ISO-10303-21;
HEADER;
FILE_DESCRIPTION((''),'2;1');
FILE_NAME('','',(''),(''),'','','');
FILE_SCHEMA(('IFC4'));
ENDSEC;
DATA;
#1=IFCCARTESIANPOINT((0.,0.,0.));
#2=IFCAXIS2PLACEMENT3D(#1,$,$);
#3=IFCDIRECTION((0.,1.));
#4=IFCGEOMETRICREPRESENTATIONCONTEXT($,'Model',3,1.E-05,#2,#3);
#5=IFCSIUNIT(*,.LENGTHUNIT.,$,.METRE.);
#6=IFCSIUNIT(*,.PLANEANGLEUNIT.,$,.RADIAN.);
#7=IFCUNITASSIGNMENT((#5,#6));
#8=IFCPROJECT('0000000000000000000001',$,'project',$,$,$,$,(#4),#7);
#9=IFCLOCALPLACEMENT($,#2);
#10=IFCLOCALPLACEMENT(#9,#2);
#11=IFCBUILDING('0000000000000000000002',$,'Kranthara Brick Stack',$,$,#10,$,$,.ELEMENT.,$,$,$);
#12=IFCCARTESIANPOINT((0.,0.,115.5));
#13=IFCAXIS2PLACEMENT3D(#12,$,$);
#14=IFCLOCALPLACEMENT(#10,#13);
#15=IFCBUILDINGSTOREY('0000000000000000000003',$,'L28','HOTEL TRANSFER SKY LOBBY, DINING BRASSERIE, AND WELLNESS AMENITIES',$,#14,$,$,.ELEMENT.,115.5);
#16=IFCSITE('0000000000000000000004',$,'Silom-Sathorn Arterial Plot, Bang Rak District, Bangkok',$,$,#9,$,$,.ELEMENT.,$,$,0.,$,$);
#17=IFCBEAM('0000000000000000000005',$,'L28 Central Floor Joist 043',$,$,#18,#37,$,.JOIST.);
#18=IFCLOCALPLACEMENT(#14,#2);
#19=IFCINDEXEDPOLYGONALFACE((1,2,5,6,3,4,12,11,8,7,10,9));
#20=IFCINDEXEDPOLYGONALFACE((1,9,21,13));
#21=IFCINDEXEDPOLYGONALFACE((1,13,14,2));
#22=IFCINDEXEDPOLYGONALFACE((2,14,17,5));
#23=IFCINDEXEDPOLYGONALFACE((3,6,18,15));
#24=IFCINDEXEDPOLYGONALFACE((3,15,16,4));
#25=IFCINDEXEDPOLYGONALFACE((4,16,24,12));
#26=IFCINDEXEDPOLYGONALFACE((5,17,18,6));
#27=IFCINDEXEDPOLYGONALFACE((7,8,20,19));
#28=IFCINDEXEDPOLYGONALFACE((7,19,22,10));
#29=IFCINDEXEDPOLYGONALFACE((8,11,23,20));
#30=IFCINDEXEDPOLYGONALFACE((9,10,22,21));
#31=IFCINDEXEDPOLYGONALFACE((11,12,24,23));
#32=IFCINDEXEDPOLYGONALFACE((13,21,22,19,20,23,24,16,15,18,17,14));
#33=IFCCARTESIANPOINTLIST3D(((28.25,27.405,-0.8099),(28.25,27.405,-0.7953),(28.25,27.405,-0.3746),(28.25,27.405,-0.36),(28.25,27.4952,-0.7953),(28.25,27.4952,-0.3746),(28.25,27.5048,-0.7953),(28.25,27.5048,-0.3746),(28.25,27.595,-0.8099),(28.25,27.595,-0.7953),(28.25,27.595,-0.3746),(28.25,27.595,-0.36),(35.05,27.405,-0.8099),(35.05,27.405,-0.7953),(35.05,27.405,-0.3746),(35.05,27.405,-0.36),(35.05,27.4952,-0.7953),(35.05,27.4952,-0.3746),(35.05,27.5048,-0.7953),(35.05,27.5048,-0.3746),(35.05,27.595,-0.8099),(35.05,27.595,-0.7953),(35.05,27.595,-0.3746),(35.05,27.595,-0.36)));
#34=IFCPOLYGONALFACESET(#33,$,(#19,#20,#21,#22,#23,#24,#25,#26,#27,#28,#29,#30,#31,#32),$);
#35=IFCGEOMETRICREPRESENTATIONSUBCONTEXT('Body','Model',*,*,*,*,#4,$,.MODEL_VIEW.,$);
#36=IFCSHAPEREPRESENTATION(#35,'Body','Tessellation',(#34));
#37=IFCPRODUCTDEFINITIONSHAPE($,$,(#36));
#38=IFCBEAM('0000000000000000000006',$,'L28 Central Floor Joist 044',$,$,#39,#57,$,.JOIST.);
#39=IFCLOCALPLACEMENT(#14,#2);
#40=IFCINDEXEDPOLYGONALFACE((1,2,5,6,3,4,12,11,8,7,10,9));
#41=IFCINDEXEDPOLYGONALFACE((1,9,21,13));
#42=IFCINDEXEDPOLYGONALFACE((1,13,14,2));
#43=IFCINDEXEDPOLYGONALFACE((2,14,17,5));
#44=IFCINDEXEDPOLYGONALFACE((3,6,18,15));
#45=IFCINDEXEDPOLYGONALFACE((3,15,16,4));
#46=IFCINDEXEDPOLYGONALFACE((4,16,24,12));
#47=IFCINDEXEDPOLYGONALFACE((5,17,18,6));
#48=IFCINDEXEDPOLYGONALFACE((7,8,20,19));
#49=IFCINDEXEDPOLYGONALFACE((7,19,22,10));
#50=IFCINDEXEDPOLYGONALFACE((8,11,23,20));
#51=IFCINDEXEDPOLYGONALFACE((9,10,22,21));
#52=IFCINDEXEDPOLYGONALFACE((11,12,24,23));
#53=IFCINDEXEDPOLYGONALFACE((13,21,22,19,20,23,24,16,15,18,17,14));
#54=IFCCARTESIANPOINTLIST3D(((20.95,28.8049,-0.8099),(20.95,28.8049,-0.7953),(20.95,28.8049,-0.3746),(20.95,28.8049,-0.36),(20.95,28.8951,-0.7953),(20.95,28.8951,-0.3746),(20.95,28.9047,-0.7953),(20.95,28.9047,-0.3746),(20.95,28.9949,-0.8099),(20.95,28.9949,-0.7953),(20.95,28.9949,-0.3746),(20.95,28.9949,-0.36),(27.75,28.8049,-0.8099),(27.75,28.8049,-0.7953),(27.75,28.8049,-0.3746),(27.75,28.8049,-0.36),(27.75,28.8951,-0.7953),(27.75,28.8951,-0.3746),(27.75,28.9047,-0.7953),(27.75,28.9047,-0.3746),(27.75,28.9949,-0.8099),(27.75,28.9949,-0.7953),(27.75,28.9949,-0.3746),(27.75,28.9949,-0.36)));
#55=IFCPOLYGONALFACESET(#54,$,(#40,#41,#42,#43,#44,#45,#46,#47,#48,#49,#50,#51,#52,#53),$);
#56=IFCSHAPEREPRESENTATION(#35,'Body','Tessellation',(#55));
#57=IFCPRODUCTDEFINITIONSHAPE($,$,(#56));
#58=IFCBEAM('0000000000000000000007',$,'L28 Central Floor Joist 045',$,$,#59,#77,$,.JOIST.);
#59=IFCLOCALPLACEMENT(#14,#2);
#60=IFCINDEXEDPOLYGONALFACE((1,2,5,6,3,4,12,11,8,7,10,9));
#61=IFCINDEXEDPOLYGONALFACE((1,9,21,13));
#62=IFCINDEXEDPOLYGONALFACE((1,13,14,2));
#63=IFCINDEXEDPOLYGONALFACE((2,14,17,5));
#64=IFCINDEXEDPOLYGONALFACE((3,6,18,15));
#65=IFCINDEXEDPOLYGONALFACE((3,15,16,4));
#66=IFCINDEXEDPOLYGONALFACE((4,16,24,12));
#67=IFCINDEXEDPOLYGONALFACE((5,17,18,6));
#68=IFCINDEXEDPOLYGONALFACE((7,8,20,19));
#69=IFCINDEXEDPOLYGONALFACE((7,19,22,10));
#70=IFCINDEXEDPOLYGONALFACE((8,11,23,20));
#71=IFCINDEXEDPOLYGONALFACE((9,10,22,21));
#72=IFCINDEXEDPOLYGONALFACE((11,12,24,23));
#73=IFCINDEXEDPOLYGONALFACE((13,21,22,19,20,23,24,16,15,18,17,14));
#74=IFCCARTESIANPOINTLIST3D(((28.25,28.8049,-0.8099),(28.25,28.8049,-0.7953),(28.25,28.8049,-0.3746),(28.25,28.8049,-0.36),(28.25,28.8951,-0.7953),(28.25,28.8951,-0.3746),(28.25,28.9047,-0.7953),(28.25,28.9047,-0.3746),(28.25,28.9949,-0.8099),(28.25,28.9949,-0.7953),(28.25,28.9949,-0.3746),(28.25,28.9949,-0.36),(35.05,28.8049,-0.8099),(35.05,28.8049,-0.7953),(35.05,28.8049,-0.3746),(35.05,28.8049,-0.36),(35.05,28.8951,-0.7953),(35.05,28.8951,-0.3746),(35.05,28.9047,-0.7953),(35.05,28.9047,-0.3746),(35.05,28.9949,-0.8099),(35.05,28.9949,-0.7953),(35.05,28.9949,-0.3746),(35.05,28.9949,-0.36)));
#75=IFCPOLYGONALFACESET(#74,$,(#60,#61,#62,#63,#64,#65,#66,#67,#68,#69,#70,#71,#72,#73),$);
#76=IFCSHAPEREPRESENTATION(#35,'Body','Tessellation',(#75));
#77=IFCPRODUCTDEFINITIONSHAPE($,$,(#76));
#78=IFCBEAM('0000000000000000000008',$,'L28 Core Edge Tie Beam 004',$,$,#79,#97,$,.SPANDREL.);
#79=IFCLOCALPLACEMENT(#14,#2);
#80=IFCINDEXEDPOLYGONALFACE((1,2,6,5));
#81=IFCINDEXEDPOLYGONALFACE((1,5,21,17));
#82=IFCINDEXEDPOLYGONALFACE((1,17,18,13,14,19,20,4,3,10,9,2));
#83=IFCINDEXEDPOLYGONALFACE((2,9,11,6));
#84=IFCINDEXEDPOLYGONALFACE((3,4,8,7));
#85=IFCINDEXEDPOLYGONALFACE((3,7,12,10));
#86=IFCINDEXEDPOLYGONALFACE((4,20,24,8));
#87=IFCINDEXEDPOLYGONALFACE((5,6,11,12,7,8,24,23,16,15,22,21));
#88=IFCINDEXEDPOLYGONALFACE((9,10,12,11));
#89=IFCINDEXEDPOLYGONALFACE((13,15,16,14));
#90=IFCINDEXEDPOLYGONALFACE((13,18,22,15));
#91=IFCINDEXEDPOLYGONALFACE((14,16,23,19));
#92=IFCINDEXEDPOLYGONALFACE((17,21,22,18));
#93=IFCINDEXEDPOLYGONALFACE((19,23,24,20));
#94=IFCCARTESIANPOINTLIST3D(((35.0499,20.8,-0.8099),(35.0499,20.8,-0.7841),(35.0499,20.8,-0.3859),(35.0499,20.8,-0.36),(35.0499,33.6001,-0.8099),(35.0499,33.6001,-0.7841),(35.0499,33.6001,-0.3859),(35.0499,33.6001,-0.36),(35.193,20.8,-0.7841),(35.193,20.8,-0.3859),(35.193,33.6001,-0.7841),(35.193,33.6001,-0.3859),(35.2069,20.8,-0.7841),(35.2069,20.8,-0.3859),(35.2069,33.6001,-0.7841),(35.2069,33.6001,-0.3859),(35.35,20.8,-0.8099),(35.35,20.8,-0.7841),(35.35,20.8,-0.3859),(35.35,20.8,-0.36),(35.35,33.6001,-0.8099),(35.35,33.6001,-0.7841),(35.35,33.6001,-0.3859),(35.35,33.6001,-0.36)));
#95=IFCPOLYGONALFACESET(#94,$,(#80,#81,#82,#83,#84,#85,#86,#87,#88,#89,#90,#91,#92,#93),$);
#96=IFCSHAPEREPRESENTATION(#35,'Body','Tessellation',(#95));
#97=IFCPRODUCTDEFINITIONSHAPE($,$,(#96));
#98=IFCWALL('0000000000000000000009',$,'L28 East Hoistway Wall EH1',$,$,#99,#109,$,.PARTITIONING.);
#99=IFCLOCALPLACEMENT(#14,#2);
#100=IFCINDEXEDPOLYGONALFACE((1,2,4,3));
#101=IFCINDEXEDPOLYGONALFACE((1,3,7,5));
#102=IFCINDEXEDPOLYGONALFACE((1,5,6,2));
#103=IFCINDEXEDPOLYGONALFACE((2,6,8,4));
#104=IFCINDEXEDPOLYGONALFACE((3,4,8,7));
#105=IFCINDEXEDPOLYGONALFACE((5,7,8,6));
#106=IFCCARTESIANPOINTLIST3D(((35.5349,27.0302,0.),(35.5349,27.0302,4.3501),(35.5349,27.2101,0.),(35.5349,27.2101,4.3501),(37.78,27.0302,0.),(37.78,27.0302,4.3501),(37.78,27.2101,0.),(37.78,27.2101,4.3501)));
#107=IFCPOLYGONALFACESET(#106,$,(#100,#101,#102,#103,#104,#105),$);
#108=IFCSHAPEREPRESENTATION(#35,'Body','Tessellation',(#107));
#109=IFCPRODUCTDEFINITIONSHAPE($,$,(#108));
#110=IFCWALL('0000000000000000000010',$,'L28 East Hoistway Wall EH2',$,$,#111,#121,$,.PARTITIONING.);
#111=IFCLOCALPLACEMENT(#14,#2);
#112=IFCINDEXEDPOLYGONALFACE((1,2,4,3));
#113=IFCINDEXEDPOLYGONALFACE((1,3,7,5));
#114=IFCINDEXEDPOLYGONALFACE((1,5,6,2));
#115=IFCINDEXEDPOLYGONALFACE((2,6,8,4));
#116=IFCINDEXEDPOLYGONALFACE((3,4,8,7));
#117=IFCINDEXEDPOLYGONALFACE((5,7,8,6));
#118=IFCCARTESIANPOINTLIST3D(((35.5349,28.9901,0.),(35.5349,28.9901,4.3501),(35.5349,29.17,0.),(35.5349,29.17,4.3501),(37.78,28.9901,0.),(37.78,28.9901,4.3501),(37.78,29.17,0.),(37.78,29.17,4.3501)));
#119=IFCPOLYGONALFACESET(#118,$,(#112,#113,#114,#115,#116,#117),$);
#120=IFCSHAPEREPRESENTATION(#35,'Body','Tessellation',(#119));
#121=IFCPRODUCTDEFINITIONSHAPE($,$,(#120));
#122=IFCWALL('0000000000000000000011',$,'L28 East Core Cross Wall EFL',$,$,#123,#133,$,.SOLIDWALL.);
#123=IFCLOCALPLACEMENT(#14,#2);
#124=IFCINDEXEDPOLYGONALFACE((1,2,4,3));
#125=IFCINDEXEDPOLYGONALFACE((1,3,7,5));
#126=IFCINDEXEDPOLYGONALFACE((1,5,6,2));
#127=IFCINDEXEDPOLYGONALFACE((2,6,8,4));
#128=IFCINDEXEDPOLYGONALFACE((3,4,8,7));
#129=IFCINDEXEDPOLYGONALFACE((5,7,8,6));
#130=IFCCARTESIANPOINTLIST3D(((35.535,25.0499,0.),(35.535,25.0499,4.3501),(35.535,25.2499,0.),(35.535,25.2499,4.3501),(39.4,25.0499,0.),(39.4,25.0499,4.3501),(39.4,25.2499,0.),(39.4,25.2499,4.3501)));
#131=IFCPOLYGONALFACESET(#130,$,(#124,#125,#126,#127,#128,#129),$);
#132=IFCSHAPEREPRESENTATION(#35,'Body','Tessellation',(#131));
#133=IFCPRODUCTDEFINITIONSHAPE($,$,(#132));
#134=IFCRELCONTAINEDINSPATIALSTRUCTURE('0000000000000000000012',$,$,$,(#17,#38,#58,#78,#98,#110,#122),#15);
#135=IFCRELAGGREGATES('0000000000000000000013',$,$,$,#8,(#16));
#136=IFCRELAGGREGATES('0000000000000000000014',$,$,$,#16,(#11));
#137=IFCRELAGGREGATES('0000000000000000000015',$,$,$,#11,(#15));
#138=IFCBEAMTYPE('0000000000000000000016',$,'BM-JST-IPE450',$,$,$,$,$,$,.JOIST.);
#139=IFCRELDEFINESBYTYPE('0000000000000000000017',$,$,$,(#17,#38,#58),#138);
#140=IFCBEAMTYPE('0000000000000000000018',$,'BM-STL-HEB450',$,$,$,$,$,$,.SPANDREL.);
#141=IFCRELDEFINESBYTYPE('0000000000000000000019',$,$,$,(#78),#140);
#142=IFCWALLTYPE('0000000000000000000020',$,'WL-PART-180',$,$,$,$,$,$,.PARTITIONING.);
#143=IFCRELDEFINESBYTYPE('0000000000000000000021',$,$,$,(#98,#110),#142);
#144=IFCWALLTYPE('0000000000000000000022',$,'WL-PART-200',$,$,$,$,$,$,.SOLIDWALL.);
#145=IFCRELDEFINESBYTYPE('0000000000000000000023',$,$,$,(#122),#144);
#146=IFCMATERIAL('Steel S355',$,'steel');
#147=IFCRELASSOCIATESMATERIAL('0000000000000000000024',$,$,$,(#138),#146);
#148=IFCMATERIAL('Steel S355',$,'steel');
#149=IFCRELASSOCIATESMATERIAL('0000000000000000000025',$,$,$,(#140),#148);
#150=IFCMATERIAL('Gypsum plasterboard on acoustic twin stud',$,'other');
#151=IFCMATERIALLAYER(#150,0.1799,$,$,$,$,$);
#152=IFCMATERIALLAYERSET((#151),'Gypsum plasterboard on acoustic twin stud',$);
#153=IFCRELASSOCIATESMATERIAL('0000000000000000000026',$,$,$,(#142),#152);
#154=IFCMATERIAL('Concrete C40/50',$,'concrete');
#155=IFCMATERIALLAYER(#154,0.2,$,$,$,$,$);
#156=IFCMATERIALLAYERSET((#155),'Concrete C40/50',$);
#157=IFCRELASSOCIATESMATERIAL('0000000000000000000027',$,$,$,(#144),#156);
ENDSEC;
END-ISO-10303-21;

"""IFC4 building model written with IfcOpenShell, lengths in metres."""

from ifc_helpers import new_model, si_unit, direction, frame, frame_2d, origin, origin_2d, place, context, subcontext, project, spatial, rectangle, i_section, extrude, material, layer, layer_set, material_profile, profile_set, type_object, element, save


model = new_model("IFC4")

# Units and contexts
model_context = context("Model", 3, precision=1e-05, world=origin(), true_north=direction((0.0, 1.0)))
body_context = subcontext(model_context, "Body", "Model", "MODEL_VIEW")
ifc_project = project(units=[si_unit("LENGTHUNIT", "METRE"), si_unit("PLANEANGLEUNIT", "RADIAN")], contexts=[model_context])

# Site, building, storey
site_placement = place(None, origin())
site = spatial("IfcSite", under=ifc_project, at=site_placement, Name="Silom-Sathorn Arterial Plot, Bang Rak District, Bangkok", CompositionType="ELEMENT", RefElevation=0.0)
building_placement = place(site_placement, origin())
building = spatial("IfcBuilding", under=site, at=building_placement, Name="Kranthara Brick Stack", CompositionType="ELEMENT")
storey_placement = place(building_placement, frame((0.0, 0.0, 115.5)))
storey = spatial("IfcBuildingStorey", under=building, at=storey_placement, Name="L28", Description="HOTEL TRANSFER SKY LOBBY, DINING BRASSERIE, AND WELLNESS AMENITIES", CompositionType="ELEMENT", Elevation=115.5)

# Beams
ifc_material_1 = material(Name="Steel S355", Category="steel")
ifc_material_profile_1 = material_profile(ifc_material_1, i_section(OverallWidth=0.1899, OverallDepth=0.45, WebThickness=0.0095, FlangeThickness=0.0146, at=origin_2d()), Name="IPE 450")
ifc_profile_set_1 = profile_set([ifc_material_profile_1], Name="Steel S355")
beam_type_1 = type_object("IfcBeamType", Name="BM-JST-IPE450", PredefinedType="JOIST", material=ifc_profile_set_1)
for number, where, z_axis, x_axis, name in (
    (1, (28.25, 27.5, -0.585), (1.0, 0.0, 0.0), (0.0, 1.0, 0.0), "L28 Central Floor Joist 043"),
    (2, (20.95, 28.8999, -0.585), (1.0, 0.0, 0.0), (0.0, 1.0, 0.0), "L28 Central Floor Joist 044"),
    (3, (28.25, 28.8999, -0.585), (1.0, 0.0, 0.0), (0.0, 1.0, 0.0), "L28 Central Floor Joist 045"),
):
    element("IfcBeam", number, at=place(storey_placement, frame(where, z_axis=z_axis, x_axis=x_axis)), inside=storey, type_object=beam_type_1, Name=name, PredefinedType="JOIST", context=body_context, shape_type="SweptSolid", body=[
        extrude(i_section(OverallWidth=0.1899, OverallDepth=0.45, WebThickness=0.0095, FlangeThickness=0.0146, at=origin_2d()), origin(), (0.0, 0.0, 1.0), 6.8),
    ])
ifc_material_2 = material(Name="Steel S355", Category="steel")
ifc_material_profile_2 = material_profile(ifc_material_2, i_section(OverallWidth=0.3, OverallDepth=0.45, WebThickness=0.0139, FlangeThickness=0.0259, at=origin_2d()), Name="HEB 450")
ifc_profile_set_2 = profile_set([ifc_material_profile_2], Name="Steel S355")
beam_type_2 = type_object("IfcBeamType", Name="BM-STL-HEB450", PredefinedType="SPANDREL", material=ifc_profile_set_2)
beam_1_placement = place(storey_placement, frame((35.2, 20.8, -0.585), z_axis=(0.0, 1.0, 0.0), x_axis=(-1.0, 0.0, 0.0)))
element("IfcBeam", 4, at=beam_1_placement, inside=storey, type_object=beam_type_2, Name="L28 Core Edge Tie Beam 004", PredefinedType="SPANDREL", context=body_context, shape_type="SweptSolid", body=[
    extrude(i_section(OverallWidth=0.3, OverallDepth=0.45, WebThickness=0.0139, FlangeThickness=0.0259, at=origin_2d()), origin(), (0.0, 0.0, 1.0), 12.8),
])

# Walls
ifc_material_3 = material(Name="Gypsum plasterboard on acoustic twin stud", Category="other")
ifc_layer_1 = layer(ifc_material_3, 0.1799)
ifc_layer_set_1 = layer_set([ifc_layer_1], Name="Gypsum plasterboard on acoustic twin stud")
wall_type_1 = type_object("IfcWallType", Name="WL-PART-180", PredefinedType="PARTITIONING", material=ifc_layer_set_1)
for number, where, z_axis, x_axis, name in (
    (5, (35.5349, 27.1201, 0.0), (0.0, 0.0, 1.0), (1.0, 0.0, 0.0), "L28 East Hoistway Wall EH1"),
    (6, (35.5349, 29.0801, 0.0), (0.0, 0.0, 1.0), (1.0, 0.0, 0.0), "L28 East Hoistway Wall EH2"),
):
    element("IfcWall", number, at=place(storey_placement, frame(where, z_axis=z_axis, x_axis=x_axis)), inside=storey, type_object=wall_type_1, Name=name, PredefinedType="PARTITIONING", context=body_context, shape_type="SweptSolid", body=[
        extrude(rectangle(XDim=2.2451, YDim=0.1799, at=frame_2d((1.1226, 0.0))), origin(), (0.0, 0.0, 1.0), 4.3501),
    ])
ifc_material_4 = material(Name="Concrete C40/50", Category="concrete")
ifc_layer_2 = layer(ifc_material_4, 0.2)
ifc_layer_set_2 = layer_set([ifc_layer_2], Name="Concrete C40/50")
wall_type_2 = type_object("IfcWallType", Name="WL-PART-200", PredefinedType="SOLIDWALL", material=ifc_layer_set_2)
wall_1_placement = place(storey_placement, frame((35.5349, 25.1499, 0.0), z_axis=(0.0, 0.0, 1.0), x_axis=(1.0, 0.0, 0.0)))
element("IfcWall", 7, at=wall_1_placement, inside=storey, type_object=wall_type_2, Name="L28 East Core Cross Wall EFL", PredefinedType="SOLIDWALL", context=body_context, shape_type="SweptSolid", body=[
    extrude(rectangle(XDim=3.865, YDim=0.2, at=frame_2d((1.9326, 0.0))), origin(), (0.0, 0.0, 1.0), 4.3501),
])

save(model, "model.ifc")
